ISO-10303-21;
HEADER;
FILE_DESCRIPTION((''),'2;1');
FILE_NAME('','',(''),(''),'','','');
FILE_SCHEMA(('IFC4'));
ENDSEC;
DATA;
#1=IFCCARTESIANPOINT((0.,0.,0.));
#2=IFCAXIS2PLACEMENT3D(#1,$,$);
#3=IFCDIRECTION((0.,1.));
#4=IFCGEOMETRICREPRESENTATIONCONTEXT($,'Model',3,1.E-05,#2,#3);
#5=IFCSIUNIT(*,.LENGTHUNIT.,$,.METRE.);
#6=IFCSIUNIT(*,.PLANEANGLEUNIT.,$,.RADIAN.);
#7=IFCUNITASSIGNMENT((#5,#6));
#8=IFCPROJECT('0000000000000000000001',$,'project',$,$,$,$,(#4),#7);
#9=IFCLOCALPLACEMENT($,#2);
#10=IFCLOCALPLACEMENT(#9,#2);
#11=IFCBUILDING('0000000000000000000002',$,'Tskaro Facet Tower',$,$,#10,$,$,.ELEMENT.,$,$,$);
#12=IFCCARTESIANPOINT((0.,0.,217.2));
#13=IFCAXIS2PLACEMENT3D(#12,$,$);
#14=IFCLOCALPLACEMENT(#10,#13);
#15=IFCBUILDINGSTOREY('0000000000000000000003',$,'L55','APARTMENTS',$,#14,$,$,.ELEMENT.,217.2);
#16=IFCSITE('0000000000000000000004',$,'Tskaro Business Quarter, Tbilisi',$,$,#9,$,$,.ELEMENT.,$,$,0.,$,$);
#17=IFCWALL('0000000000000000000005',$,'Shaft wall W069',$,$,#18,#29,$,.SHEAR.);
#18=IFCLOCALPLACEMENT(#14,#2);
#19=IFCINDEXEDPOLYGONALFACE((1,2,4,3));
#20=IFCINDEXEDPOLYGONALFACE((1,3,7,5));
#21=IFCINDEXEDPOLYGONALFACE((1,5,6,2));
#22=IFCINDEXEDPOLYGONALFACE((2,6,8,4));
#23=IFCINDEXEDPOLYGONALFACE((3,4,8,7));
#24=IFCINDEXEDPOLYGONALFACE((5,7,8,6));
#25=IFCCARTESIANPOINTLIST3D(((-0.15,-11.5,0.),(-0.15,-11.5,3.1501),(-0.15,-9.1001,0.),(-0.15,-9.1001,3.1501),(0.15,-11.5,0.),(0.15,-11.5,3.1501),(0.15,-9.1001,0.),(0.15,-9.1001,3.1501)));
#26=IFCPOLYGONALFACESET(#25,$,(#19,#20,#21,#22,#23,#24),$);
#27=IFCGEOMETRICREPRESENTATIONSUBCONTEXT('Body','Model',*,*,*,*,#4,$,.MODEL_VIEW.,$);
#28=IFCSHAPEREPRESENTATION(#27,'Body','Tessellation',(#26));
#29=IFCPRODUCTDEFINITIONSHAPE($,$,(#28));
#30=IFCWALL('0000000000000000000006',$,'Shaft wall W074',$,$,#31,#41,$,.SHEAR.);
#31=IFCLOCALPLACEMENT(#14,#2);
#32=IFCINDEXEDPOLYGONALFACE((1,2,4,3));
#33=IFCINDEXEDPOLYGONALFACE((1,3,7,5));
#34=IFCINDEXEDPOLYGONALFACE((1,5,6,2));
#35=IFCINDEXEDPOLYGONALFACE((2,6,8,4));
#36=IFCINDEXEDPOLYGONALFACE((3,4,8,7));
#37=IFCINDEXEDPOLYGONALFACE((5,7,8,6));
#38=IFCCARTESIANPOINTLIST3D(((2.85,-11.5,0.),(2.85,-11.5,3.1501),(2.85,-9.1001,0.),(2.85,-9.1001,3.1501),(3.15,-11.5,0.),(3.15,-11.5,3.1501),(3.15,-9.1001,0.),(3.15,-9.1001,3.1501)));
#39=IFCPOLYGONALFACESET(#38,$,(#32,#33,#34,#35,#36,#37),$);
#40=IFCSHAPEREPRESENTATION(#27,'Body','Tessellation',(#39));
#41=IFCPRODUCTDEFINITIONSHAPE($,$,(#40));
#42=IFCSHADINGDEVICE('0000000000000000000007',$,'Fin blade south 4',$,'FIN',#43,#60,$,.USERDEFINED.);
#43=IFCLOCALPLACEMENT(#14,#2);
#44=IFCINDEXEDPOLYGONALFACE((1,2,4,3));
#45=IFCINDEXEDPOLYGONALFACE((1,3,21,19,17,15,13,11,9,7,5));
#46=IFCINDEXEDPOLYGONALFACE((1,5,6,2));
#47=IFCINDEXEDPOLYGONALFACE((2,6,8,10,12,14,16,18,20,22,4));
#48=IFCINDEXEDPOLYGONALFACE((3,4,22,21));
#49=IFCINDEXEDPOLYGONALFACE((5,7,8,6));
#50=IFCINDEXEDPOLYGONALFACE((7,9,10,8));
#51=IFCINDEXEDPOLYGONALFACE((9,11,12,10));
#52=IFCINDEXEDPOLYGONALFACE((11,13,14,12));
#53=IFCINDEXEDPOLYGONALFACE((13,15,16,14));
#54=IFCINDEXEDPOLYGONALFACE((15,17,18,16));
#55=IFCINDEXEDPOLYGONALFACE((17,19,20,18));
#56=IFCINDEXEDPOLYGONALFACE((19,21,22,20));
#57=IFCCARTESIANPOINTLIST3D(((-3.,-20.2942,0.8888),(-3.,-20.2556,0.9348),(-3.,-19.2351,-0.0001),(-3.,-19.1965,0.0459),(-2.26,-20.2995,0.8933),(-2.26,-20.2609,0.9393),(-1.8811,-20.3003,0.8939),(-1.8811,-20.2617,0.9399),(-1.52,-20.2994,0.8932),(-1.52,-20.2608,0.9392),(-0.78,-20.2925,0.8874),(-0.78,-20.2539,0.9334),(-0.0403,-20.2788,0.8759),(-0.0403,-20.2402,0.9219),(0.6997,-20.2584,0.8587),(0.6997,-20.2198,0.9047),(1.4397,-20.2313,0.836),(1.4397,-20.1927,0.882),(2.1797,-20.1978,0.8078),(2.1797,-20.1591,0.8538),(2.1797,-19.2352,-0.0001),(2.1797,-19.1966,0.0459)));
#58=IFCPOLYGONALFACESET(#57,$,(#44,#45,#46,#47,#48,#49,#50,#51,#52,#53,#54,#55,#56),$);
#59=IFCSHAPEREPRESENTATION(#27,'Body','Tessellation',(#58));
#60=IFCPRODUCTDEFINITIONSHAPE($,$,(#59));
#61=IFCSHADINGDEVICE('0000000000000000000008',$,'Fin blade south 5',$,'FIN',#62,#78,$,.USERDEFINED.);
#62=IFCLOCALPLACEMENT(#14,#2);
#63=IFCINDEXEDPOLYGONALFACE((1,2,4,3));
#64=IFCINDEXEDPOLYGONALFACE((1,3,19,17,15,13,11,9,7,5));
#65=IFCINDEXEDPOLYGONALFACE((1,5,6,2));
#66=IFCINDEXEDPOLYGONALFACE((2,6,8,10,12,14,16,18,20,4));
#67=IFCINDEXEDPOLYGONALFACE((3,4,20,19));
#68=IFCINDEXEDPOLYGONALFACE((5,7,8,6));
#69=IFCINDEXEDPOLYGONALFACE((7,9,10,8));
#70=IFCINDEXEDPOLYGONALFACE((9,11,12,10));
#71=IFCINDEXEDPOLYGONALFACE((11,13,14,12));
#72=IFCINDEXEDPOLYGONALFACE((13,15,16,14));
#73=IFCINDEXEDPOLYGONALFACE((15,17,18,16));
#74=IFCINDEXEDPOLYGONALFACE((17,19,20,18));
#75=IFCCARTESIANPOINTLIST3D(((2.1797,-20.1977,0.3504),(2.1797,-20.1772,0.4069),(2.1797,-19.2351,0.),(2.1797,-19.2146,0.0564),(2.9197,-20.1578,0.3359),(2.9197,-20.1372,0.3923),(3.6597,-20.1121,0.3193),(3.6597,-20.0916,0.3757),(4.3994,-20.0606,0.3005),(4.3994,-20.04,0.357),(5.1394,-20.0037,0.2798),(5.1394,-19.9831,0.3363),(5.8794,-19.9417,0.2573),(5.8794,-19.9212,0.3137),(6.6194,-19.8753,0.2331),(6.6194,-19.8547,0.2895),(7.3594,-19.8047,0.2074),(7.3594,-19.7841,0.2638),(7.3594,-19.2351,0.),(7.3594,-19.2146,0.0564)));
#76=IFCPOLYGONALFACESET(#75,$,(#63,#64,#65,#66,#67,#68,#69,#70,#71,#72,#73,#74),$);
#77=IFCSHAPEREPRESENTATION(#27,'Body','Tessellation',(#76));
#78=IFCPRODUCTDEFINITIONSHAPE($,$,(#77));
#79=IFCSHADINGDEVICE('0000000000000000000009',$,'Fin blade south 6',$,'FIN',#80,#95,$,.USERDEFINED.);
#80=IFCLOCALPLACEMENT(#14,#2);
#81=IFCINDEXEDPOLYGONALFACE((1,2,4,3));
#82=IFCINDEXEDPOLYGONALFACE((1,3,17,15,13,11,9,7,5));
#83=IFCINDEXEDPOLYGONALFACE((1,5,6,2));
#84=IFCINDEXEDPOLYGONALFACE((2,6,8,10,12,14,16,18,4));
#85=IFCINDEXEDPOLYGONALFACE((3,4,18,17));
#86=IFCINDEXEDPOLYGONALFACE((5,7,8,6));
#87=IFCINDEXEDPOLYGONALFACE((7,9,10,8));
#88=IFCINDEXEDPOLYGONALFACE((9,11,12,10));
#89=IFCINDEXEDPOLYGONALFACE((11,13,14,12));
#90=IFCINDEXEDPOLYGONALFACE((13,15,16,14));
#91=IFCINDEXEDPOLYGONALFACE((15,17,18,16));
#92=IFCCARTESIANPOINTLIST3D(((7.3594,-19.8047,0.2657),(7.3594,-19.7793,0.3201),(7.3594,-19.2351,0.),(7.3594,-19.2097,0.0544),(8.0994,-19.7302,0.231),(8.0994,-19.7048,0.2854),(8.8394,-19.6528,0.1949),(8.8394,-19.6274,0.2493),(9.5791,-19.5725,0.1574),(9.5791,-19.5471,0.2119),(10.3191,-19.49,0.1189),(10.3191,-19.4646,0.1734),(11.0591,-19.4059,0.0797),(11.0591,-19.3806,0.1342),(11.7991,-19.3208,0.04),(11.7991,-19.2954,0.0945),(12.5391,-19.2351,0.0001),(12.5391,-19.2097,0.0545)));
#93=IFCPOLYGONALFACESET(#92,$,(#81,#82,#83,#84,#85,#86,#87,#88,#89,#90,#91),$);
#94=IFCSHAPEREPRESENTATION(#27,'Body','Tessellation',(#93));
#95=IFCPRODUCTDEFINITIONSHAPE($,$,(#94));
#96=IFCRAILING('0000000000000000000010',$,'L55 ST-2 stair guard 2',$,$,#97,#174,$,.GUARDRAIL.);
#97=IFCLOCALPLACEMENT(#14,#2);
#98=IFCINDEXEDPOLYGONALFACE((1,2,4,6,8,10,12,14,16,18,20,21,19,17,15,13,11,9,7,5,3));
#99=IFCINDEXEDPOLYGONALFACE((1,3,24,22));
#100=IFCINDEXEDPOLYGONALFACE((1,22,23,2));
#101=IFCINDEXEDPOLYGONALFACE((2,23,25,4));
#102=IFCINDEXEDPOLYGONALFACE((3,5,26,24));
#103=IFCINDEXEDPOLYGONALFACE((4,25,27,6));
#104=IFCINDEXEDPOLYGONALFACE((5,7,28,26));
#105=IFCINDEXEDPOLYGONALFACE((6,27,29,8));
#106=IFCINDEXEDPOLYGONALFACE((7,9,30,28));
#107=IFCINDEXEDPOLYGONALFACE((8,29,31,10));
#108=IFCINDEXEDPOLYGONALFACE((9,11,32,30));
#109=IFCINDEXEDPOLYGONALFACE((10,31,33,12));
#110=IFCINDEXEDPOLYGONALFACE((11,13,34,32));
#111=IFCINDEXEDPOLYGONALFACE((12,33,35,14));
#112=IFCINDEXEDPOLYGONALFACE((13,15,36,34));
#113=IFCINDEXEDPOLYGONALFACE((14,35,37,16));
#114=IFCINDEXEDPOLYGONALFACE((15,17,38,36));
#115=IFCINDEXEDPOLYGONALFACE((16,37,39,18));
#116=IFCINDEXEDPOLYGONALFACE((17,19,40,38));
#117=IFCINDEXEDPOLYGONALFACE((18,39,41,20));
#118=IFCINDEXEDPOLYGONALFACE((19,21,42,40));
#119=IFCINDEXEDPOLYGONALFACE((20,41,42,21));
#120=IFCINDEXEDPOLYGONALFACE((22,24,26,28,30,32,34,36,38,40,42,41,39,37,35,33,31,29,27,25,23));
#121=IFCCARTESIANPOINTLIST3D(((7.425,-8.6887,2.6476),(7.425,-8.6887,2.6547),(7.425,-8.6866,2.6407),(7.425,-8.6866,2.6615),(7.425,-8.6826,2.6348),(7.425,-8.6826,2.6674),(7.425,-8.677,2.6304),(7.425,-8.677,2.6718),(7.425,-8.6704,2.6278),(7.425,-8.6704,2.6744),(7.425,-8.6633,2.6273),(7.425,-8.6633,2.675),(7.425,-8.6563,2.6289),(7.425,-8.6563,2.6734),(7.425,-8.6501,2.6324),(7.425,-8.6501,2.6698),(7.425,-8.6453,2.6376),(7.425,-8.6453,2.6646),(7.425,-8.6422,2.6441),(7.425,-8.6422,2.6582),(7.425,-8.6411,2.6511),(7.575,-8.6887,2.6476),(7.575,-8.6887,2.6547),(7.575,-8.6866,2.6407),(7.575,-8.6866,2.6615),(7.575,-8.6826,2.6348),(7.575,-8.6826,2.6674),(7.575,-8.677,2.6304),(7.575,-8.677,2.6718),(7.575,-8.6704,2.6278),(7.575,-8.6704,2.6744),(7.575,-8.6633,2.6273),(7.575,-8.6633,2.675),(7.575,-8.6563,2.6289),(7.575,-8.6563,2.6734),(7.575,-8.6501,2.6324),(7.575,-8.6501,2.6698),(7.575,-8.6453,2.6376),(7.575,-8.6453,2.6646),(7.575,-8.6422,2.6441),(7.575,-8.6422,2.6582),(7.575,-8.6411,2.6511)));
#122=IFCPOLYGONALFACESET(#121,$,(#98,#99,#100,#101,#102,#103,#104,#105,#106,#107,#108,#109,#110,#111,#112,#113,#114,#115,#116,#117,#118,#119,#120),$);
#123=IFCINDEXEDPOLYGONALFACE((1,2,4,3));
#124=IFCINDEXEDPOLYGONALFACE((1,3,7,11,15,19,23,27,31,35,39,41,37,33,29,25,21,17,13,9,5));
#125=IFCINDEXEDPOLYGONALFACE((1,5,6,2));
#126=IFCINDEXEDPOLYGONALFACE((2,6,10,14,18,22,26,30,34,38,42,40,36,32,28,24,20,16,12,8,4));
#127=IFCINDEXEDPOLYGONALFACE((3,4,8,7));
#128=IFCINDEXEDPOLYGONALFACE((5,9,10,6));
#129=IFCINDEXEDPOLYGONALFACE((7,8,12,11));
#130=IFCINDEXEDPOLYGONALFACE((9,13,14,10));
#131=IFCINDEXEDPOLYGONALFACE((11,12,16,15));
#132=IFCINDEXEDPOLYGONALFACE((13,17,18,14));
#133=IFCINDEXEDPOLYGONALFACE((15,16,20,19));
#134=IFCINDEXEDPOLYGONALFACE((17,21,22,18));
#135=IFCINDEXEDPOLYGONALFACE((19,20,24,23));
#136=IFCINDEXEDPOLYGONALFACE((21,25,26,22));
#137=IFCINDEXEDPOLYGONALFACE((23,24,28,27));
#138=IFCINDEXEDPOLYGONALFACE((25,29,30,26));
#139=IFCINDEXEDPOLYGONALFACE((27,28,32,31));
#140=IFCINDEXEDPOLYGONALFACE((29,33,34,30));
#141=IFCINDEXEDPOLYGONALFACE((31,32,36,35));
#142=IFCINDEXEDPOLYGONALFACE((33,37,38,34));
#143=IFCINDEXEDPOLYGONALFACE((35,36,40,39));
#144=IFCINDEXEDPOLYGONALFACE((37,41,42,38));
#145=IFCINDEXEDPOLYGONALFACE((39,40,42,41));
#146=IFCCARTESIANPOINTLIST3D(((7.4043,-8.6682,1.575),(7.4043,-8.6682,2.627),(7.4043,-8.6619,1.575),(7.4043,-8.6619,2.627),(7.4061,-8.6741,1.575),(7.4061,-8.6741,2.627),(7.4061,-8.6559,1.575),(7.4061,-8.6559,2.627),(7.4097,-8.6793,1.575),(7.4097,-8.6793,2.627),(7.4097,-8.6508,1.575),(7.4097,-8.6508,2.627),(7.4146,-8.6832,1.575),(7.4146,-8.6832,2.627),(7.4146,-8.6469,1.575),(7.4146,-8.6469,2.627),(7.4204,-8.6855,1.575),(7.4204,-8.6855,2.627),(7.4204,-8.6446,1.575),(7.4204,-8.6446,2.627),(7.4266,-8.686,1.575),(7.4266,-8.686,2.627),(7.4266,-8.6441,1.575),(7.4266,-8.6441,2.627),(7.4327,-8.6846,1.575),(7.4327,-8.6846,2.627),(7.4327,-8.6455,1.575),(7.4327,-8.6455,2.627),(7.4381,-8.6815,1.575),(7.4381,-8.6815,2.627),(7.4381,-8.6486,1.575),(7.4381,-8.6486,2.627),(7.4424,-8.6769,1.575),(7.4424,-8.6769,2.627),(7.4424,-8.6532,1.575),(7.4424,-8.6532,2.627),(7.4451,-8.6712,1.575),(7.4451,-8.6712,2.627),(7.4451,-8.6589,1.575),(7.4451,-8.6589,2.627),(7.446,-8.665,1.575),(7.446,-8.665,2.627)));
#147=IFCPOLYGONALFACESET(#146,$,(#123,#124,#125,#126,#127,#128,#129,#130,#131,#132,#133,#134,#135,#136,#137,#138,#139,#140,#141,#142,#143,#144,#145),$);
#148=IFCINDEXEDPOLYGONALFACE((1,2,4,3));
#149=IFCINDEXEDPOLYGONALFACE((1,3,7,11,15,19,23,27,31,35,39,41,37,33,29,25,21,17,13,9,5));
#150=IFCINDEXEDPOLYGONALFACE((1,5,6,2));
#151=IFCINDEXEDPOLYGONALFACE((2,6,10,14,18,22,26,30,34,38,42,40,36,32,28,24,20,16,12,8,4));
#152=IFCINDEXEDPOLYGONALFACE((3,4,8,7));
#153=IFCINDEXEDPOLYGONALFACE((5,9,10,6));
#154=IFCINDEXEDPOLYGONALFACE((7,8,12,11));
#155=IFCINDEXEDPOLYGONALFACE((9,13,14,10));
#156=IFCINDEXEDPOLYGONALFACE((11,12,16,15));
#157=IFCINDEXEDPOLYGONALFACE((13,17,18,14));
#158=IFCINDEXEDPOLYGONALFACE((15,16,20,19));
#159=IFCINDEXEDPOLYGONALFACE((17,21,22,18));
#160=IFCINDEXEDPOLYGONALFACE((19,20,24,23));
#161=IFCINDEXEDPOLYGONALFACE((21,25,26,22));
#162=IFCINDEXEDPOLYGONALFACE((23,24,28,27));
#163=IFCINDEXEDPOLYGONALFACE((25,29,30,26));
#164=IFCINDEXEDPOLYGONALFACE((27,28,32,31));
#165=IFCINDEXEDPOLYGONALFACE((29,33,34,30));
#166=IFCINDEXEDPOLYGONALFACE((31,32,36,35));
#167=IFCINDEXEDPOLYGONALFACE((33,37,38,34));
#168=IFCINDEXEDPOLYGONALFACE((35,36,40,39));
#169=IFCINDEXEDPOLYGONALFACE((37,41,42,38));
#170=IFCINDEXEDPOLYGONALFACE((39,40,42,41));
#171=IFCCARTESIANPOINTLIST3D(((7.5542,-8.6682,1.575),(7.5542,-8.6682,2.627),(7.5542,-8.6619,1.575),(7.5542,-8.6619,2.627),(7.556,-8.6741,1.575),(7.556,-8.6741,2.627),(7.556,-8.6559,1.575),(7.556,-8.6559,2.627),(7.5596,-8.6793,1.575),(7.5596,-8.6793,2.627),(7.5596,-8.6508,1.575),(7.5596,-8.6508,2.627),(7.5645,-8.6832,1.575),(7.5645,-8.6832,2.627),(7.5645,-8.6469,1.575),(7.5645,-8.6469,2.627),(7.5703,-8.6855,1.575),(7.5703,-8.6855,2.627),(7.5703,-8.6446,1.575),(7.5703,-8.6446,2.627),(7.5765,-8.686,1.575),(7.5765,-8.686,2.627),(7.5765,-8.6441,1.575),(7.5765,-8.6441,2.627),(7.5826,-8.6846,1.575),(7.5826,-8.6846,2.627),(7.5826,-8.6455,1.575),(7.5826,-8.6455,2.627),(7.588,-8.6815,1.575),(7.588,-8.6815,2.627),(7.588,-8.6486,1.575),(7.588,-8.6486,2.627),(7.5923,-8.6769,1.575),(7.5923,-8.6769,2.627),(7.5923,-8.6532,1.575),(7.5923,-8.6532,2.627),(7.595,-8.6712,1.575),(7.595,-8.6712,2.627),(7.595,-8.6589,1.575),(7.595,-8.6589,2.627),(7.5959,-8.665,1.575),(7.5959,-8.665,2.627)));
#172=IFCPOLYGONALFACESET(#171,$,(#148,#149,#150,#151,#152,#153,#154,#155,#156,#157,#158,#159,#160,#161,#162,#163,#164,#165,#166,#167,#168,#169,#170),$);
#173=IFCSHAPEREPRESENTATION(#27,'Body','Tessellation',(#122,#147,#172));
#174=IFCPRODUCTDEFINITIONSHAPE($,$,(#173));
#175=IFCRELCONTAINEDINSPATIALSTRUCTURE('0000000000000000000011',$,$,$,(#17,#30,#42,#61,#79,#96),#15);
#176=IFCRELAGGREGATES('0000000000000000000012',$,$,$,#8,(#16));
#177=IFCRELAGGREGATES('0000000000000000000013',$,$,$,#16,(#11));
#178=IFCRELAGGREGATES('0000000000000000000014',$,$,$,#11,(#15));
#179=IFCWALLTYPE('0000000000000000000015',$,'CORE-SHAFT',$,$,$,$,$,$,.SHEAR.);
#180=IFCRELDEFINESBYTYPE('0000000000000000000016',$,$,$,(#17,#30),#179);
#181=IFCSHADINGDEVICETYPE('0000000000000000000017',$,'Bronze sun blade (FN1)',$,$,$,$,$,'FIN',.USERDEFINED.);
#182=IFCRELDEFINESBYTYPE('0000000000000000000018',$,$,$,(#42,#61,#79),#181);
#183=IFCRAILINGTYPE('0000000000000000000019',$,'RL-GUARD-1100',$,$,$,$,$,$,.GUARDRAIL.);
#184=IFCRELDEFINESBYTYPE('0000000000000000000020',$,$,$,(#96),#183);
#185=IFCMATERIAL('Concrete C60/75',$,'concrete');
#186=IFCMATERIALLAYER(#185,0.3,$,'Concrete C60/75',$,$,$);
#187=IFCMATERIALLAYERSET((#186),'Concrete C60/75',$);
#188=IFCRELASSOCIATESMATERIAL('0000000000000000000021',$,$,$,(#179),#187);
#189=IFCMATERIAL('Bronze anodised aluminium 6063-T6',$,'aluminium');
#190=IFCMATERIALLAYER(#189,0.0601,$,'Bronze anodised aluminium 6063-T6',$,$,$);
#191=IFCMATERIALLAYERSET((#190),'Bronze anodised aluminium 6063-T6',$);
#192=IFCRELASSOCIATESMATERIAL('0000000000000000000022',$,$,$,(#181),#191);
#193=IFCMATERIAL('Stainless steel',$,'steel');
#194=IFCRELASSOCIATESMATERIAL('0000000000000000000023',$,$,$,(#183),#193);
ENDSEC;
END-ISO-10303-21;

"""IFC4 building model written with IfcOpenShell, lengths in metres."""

from ifc_helpers import new_model, si_unit, direction, frame, frame_2d, origin, origin_2d, place, context, subcontext, project, spatial, polyline, rectangle, circle, outline, extrude, material, layer, layer_set, type_object, element, save


model = new_model("IFC4")

# Units and contexts
model_context = context("Model", 3, precision=1e-05, world=origin(), true_north=direction((0.0, 1.0)))
body_context = subcontext(model_context, "Body", "Model", "MODEL_VIEW")
ifc_project = project(units=[si_unit("LENGTHUNIT", "METRE"), si_unit("PLANEANGLEUNIT", "RADIAN")], contexts=[model_context])

# Site, building, storey
site_placement = place(None, origin())
site = spatial("IfcSite", under=ifc_project, at=site_placement, Name="Tskaro Business Quarter, Tbilisi", CompositionType="ELEMENT", RefElevation=0.0)
building_placement = place(site_placement, origin())
building = spatial("IfcBuilding", under=site, at=building_placement, Name="Tskaro Facet Tower", CompositionType="ELEMENT")
storey_placement = place(building_placement, frame((0.0, 0.0, 217.2)))
storey = spatial("IfcBuildingStorey", under=building, at=storey_placement, Name="L55", Description="APARTMENTS", CompositionType="ELEMENT", Elevation=217.2)

# Shared definitions
ifc_material_1 = material(Name="Bronze anodised aluminium 6063-T6", Category="aluminium")

# Walls
ifc_material_2 = material(Name="Concrete C60/75", Category="concrete")
ifc_layer_1 = layer(ifc_material_2, 0.3, Name="Concrete C60/75")
ifc_layer_set_1 = layer_set([ifc_layer_1], Name="Concrete C60/75")
wall_type = type_object("IfcWallType", Name="CORE-SHAFT", PredefinedType="SHEAR", material=ifc_layer_set_1)
for number, where, z_axis, x_axis, name in (
    (1, (0.0, -11.5, 0.0), (0.0, 0.0, 1.0), (0.0, 1.0, 0.0), "Shaft wall W069"),
    (2, (3.0, -11.5, 0.0), (0.0, 0.0, 1.0), (0.0, 1.0, 0.0), "Shaft wall W074"),
):
    element("IfcWall", number, at=place(storey_placement, frame(where, z_axis=z_axis, x_axis=x_axis)), inside=storey, type_object=wall_type, Name=name, PredefinedType="SHEAR", context=body_context, shape_type="SweptSolid", body=[
        extrude(rectangle(XDim=2.3999, YDim=0.3, at=frame_2d((1.2, 0.0))), origin(), (0.0, 0.0, 1.0), 3.1501),
    ])

# Shading devices
ifc_layer_2 = layer(ifc_material_1, 0.0601, Name="Bronze anodised aluminium 6063-T6")
ifc_layer_set_2 = layer_set([ifc_layer_2], Name="Bronze anodised aluminium 6063-T6")
shading_device_type = type_object("IfcShadingDeviceType", Name="Bronze sun blade (FN1)", ElementType="FIN", PredefinedType="USERDEFINED", material=ifc_layer_set_2)
shading_device_1_placement = place(storey_placement, frame((-3.0, -19.1965, 0.0459), z_axis=(0.000007, 0.642896, 0.765954), x_axis=(1.0, -0.000005, -0.000006)))
element("IfcShadingDevice", 3, at=shading_device_1_placement, inside=storey, type_object=shading_device_type, Name="Fin blade south 4", ObjectType="FIN", PredefinedType="USERDEFINED", context=body_context, shape_type="SweptSolid", body=[
    extrude(outline(polyline([(0.0, 0.0), (5.1797, 0.0), (5.1797, -1.2567), (4.4397, -1.3005), (3.6997, -1.3359), (2.9597, -1.3626), (2.22, -1.3804), (1.48, -1.3894), (1.1189, -1.3907), (0.74, -1.3896), (0.0, -1.3827), (0.0, 0.0)])), origin(), (0.0, 0.0, -1.0), 0.0601),
])
shading_device_2_placement = place(storey_placement, frame((2.1797, -19.2146, 0.0564), z_axis=(-0.000011, 0.342131, 0.939652), x_axis=(1.0, 0.000004, 0.00001)))
element("IfcShadingDevice", 4, at=shading_device_2_placement, inside=storey, type_object=shading_device_type, Name="Fin blade south 5", ObjectType="FIN", PredefinedType="USERDEFINED", context=body_context, shape_type="SweptSolid", body=[
    extrude(outline(polyline([(0.0, 0.0), (5.1797, 0.0), (5.1797, -0.6061), (4.4397, -0.6813), (3.6997, -0.7519), (2.9597, -0.8179), (2.2197, -0.8784), (1.48, -0.9333), (0.74, -0.9819), (0.0, -1.0244), (0.0, 0.0)])), origin(), (0.0, 0.0, -1.0), 0.0601),
])
shading_device_3_placement = place(storey_placement, frame((7.3594, -19.2097, 0.0544), z_axis=(-0.000009, 0.422723, 0.906259), x_axis=(1.0, 0.000004, 0.000008)))
element("IfcShadingDevice", 5, at=shading_device_3_placement, inside=storey, type_object=shading_device_type, Name="Fin blade south 6", ObjectType="FIN", PredefinedType="USERDEFINED", context=body_context, shape_type="SweptSolid", body=[
    extrude(outline(polyline([(0.0, 0.0), (5.1797, 0.0), (4.4397, -0.0946), (3.6997, -0.1885), (2.9597, -0.2813), (2.2197, -0.3723), (1.48, -0.4609), (0.74, -0.5463), (0.0, -0.6285), (0.0, 0.0)])), origin(), (0.0, 0.0, -1.0), 0.0601),
])

# Railing
ifc_material_3 = material(Name="Stainless steel", Category="steel")
railing_type_1 = type_object("IfcRailingType", Name="RL-GUARD-1100", PredefinedType="GUARDRAIL", material=ifc_material_3)
railing_1_placement = place(storey_placement, frame((7.425, -8.665, 1.575)))
element("IfcRailing", 6, at=railing_1_placement, inside=storey, type_object=railing_type_1, Name="L55 ST-2 stair guard 2", PredefinedType="GUARDRAIL", context=body_context, shape_type="SweptSolid", body=[
    extrude(circle(Radius=0.0239, at=origin_2d()), frame((0.0, 0.0, 1.0762), z_axis=(1.0, 0.0, 0.0), x_axis=(0.0, 1.0, 0.0)), (0.0, 0.0, 1.0), 0.1499),
    extrude(circle(Radius=0.021, at=origin_2d()), origin(), (0.0, 0.0, 1.0), 1.052),
    extrude(circle(Radius=0.021, at=origin_2d()), frame((0.1499, 0.0, 0.0)), (0.0, 0.0, 1.0), 1.052),
])

save(model, "model.ifc")
